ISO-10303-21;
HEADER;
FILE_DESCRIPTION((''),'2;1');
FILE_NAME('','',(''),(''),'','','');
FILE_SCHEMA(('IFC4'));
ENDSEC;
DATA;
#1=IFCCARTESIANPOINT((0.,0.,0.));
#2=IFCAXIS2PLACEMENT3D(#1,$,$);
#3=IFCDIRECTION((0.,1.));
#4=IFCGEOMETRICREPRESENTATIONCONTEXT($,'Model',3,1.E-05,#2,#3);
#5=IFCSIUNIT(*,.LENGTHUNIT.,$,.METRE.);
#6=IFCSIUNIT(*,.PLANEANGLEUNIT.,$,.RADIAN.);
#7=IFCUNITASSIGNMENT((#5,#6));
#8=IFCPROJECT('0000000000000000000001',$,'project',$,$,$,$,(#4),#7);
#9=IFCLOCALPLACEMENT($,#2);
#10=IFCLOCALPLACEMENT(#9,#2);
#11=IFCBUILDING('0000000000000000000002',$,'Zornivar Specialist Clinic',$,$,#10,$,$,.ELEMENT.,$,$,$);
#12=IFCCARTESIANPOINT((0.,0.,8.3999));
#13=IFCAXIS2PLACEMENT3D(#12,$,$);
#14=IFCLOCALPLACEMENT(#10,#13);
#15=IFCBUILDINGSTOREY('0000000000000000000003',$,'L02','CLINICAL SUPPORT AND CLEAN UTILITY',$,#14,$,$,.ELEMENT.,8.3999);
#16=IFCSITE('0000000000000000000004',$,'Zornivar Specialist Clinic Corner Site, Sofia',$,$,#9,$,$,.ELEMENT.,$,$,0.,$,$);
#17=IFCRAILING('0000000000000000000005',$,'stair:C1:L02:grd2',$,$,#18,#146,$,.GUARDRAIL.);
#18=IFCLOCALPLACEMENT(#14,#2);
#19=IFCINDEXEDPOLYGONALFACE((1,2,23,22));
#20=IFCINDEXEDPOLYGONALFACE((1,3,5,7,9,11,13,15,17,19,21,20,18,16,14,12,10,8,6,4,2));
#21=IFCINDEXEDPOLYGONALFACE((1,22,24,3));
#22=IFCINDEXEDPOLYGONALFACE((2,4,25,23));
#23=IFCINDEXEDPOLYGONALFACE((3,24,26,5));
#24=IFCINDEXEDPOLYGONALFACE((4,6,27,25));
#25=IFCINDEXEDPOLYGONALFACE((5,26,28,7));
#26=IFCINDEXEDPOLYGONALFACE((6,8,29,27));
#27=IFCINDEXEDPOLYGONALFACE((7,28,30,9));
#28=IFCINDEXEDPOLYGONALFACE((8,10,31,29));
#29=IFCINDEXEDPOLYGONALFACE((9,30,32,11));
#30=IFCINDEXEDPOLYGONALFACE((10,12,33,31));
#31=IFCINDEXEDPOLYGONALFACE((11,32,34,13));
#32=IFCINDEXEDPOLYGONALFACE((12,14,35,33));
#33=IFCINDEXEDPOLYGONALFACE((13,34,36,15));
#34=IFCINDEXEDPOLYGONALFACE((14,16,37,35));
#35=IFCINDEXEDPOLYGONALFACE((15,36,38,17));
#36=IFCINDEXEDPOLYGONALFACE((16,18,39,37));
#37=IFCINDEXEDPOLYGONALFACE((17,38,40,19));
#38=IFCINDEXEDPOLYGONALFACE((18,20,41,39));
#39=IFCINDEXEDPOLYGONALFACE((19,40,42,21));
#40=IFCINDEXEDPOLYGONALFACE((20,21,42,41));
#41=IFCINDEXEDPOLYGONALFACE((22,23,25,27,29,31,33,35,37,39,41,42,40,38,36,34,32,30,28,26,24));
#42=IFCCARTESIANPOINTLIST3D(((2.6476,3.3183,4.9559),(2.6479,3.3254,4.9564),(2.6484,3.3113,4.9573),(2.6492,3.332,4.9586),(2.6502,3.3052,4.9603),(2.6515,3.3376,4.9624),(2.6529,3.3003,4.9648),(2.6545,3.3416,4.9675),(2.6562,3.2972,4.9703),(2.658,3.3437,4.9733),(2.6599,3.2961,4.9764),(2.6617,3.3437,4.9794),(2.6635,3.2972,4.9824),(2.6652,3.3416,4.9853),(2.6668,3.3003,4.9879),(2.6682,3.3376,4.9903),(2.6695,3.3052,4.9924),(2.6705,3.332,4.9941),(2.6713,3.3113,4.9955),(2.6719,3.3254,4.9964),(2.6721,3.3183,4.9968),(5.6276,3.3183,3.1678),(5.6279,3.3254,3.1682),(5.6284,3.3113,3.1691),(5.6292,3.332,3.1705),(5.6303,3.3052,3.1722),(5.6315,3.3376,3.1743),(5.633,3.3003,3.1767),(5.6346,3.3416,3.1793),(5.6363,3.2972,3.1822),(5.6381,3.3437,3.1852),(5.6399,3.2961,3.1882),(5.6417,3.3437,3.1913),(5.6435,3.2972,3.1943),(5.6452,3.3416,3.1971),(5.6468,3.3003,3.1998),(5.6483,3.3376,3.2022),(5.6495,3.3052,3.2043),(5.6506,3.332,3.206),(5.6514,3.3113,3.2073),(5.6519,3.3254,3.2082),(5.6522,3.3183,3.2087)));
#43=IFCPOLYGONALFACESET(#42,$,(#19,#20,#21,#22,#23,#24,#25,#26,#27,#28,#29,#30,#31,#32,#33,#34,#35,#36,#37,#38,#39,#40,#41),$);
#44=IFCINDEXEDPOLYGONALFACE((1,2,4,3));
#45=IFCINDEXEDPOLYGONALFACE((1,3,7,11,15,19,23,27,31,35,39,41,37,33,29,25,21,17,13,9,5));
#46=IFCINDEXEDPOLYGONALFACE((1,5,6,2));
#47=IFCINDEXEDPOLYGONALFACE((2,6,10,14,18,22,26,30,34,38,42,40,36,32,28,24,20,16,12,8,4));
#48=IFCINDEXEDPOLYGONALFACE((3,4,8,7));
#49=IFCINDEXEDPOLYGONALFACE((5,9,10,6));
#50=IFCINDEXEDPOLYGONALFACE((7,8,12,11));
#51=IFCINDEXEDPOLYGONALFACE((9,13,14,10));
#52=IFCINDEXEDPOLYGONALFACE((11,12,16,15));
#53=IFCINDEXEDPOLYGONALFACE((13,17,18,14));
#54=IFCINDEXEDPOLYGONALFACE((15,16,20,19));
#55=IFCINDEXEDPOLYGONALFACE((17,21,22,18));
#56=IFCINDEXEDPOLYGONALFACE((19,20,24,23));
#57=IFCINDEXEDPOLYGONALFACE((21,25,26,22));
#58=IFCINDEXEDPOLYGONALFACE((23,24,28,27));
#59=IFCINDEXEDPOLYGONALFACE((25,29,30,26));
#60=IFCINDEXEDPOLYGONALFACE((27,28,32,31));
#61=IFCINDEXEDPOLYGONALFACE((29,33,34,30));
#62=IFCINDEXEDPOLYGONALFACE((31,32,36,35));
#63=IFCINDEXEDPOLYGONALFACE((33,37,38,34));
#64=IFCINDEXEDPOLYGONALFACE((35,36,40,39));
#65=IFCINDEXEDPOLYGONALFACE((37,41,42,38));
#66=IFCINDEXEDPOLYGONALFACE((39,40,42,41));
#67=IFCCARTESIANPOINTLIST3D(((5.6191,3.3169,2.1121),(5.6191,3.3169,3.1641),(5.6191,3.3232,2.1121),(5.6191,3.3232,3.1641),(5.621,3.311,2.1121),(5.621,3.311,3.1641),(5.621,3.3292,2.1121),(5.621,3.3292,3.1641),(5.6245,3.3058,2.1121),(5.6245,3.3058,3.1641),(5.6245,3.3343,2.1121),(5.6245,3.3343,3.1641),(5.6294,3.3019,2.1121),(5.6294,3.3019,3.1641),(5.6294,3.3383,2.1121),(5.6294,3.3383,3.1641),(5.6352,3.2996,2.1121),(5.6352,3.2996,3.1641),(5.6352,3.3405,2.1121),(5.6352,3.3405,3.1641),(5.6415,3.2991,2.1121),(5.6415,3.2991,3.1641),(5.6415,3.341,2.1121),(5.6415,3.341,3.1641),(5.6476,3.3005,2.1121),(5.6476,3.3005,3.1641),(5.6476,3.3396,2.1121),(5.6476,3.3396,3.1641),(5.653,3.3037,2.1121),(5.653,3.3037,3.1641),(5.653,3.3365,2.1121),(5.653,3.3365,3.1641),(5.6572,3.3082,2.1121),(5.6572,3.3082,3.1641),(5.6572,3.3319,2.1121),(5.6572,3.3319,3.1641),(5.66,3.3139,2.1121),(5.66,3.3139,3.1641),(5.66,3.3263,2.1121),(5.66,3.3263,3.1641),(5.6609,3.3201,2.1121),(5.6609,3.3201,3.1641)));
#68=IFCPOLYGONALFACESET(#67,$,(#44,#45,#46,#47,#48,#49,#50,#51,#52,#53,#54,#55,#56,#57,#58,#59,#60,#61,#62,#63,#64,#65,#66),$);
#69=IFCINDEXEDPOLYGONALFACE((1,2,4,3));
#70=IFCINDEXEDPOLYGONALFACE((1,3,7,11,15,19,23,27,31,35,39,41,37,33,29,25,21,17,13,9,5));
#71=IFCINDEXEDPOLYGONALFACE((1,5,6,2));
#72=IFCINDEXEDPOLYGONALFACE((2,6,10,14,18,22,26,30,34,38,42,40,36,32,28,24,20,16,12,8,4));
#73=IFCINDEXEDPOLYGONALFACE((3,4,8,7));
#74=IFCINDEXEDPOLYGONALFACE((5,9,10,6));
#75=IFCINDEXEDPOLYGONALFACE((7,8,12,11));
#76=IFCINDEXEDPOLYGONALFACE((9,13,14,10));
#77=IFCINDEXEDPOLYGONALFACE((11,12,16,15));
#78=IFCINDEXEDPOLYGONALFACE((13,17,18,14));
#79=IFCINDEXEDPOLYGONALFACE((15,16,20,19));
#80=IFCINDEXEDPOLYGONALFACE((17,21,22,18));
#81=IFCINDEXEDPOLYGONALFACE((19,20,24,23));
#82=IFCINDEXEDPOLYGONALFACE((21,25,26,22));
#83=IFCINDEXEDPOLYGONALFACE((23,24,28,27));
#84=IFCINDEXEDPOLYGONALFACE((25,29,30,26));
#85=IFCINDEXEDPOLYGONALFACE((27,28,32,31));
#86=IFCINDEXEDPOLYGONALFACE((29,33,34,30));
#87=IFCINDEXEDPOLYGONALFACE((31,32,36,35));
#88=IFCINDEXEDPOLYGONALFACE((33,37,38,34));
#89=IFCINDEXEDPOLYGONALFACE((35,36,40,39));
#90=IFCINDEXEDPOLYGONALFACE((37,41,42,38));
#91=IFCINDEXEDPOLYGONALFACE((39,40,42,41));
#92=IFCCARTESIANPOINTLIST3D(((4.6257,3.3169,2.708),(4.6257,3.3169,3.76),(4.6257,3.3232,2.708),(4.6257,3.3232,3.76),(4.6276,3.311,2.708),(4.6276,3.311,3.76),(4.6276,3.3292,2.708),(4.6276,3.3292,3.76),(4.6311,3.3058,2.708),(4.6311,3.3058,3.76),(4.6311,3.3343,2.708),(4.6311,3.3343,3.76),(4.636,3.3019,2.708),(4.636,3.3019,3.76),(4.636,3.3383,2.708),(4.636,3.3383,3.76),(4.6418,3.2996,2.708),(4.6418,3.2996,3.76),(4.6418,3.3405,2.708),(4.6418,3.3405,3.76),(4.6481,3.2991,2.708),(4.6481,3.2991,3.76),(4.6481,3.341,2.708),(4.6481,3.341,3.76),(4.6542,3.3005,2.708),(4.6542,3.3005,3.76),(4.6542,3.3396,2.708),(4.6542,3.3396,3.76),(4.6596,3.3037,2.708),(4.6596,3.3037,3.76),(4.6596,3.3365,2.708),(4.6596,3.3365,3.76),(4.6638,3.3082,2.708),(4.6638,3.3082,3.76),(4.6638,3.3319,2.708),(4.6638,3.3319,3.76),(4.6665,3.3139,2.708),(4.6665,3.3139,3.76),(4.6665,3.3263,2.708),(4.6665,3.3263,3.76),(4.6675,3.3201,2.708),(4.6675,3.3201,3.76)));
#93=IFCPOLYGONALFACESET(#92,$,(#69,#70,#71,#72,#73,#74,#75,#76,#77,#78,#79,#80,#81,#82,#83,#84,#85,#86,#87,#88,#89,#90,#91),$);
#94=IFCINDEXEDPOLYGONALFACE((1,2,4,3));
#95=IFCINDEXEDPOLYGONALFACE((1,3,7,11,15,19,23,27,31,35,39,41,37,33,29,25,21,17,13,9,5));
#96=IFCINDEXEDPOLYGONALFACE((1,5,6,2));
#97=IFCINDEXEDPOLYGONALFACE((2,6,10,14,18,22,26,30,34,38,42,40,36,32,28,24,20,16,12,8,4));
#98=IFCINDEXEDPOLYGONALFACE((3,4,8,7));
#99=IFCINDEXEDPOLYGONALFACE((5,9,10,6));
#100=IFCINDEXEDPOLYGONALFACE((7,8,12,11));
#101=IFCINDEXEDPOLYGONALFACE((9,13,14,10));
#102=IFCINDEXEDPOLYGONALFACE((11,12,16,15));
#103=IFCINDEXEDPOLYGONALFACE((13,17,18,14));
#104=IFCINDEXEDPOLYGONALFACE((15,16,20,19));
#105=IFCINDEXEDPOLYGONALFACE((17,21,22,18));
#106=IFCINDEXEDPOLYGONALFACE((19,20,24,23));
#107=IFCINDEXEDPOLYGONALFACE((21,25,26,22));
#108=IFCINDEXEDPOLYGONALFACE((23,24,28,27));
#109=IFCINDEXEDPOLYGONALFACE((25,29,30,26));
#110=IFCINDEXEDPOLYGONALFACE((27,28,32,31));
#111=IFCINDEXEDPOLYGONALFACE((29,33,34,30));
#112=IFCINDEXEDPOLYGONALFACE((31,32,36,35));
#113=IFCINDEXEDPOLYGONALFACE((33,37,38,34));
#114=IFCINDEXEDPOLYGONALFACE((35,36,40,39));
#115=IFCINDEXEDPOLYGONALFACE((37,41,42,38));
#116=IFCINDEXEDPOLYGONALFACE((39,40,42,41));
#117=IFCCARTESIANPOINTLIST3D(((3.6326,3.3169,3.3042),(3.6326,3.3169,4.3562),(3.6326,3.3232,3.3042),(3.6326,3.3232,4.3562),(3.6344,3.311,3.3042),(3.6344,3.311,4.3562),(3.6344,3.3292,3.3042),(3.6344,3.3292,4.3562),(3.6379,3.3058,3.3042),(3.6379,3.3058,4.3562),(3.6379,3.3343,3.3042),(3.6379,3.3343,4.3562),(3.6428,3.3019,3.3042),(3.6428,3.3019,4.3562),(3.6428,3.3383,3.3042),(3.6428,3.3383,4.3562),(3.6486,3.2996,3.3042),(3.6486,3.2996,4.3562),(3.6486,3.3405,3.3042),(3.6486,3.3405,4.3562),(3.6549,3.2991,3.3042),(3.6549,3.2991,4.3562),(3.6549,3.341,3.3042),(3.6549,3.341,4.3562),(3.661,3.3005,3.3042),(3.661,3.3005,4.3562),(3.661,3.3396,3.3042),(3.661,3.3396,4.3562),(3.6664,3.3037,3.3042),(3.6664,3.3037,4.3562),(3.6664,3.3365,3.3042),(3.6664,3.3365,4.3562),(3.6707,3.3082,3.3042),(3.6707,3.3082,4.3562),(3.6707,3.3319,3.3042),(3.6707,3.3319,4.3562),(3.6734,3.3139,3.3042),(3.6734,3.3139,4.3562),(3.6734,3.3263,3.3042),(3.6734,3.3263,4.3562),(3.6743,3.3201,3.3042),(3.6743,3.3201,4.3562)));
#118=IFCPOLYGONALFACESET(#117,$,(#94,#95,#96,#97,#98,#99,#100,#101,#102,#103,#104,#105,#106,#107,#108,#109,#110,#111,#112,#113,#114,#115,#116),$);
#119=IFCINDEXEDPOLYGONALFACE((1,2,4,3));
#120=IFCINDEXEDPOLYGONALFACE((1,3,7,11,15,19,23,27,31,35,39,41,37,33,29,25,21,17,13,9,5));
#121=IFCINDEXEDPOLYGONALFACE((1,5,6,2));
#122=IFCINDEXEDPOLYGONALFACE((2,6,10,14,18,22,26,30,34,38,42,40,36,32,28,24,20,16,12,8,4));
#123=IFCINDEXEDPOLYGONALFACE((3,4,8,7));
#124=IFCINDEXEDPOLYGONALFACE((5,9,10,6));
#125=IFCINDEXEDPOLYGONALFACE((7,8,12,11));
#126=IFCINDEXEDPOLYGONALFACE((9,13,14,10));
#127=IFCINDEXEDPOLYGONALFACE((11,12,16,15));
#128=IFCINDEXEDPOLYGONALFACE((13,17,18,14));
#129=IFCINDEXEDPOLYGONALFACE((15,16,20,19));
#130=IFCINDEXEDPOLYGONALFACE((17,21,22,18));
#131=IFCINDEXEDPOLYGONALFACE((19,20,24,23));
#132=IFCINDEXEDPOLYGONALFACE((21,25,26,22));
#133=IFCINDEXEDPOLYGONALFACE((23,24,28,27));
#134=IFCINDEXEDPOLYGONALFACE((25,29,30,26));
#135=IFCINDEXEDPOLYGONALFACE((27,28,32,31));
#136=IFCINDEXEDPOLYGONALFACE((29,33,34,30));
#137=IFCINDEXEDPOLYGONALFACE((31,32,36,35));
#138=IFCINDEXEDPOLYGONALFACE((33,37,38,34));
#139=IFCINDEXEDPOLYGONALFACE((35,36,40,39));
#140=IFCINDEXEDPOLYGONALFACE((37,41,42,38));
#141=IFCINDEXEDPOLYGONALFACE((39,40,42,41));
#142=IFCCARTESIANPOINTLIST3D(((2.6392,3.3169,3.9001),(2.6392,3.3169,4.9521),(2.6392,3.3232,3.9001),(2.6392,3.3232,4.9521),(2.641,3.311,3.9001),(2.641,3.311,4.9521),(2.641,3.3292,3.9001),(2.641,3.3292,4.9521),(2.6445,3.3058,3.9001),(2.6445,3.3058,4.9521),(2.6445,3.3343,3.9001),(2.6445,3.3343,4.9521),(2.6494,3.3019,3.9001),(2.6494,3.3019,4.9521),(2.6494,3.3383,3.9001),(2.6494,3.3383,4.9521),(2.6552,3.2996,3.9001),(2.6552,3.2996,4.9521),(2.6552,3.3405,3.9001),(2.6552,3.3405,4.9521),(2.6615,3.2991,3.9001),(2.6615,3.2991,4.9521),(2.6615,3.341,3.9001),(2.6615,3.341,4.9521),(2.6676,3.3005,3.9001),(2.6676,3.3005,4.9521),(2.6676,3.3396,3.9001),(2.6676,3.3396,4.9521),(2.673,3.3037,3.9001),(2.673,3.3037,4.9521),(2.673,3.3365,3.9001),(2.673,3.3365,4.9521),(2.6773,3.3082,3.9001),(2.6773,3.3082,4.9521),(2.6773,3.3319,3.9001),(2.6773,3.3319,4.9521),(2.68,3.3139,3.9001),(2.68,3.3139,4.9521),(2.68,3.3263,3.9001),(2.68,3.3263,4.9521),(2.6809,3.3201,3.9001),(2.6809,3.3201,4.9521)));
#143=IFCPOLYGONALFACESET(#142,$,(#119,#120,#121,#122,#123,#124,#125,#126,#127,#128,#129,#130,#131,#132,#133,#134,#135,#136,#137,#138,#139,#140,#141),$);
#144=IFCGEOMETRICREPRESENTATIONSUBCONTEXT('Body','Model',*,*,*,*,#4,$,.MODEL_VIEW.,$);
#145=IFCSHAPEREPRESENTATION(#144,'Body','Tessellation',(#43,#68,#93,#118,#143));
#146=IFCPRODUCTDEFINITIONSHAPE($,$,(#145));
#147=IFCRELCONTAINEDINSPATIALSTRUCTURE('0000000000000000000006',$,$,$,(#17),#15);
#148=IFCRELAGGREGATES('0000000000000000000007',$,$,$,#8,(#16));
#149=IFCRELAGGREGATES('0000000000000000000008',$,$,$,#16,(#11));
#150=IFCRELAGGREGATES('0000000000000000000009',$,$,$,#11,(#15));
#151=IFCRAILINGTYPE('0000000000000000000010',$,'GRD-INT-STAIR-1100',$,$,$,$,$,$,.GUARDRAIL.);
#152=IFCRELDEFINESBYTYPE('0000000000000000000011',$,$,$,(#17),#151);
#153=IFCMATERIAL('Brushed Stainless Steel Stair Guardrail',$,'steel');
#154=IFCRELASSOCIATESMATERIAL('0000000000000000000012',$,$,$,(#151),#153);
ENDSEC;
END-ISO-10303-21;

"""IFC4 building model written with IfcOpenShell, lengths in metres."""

from ifc_helpers import new_model, si_unit, direction, frame, origin, origin_2d, place, context, subcontext, project, spatial, circle, extrude, material, type_object, element, save


model = new_model("IFC4")

# Units and contexts
model_context = context("Model", 3, precision=1e-05, world=origin(), true_north=direction((0.0, 1.0)))
body_context = subcontext(model_context, "Body", "Model", "MODEL_VIEW")
ifc_project = project(units=[si_unit("LENGTHUNIT", "METRE"), si_unit("PLANEANGLEUNIT", "RADIAN")], contexts=[model_context])

# Site, building, storey
site_placement = place(None, origin())
site = spatial("IfcSite", under=ifc_project, at=site_placement, Name="Zornivar Specialist Clinic Corner Site, Sofia", CompositionType="ELEMENT", RefElevation=0.0)
building_placement = place(site_placement, origin())
building = spatial("IfcBuilding", under=site, at=building_placement, Name="Zornivar Specialist Clinic", CompositionType="ELEMENT")
storey_placement = place(building_placement, frame((0.0, 0.0, 8.3999)))
storey = spatial("IfcBuildingStorey", under=building, at=storey_placement, Name="L02", Description="CLINICAL SUPPORT AND CLEAN UTILITY", CompositionType="ELEMENT", Elevation=8.3999)

# Railing
ifc_material_1 = material(Name="Brushed Stainless Steel Stair Guardrail", Category="steel")
railing_type_1 = type_object("IfcRailingType", Name="GRD-INT-STAIR-1100", PredefinedType="GUARDRAIL", material=ifc_material_1)
railing_1_placement = place(storey_placement, frame((5.6399, 3.3201, 2.1121)))
element("IfcRailing", 1, at=railing_1_placement, inside=storey, type_object=railing_type_1, Name="stair:C1:L02:grd2", PredefinedType="GUARDRAIL", context=body_context, shape_type="SweptSolid", body=[
    extrude(circle(Radius=0.0239, at=origin_2d()), frame((0.0, 0.0, 1.0762), z_axis=(-0.857481, 0.0, 0.514516), x_axis=(0.0, -1.0, 0.0)), (0.0, 0.0, 1.0), 3.4753),
    extrude(circle(Radius=0.021, at=origin_2d()), origin(), (0.0, 0.0, 1.0), 1.052),
    extrude(circle(Radius=0.021, at=origin_2d()), frame((-0.9934, 0.0, 0.5959)), (0.0, 0.0, 1.0), 1.052),
    extrude(circle(Radius=0.021, at=origin_2d()), frame((-1.9866, 0.0, 1.1921)), (0.0, 0.0, 1.0), 1.052),
    extrude(circle(Radius=0.021, at=origin_2d()), frame((-2.98, 0.0, 1.7881)), (0.0, 0.0, 1.0), 1.052),
])

save(model, "model.ifc")
